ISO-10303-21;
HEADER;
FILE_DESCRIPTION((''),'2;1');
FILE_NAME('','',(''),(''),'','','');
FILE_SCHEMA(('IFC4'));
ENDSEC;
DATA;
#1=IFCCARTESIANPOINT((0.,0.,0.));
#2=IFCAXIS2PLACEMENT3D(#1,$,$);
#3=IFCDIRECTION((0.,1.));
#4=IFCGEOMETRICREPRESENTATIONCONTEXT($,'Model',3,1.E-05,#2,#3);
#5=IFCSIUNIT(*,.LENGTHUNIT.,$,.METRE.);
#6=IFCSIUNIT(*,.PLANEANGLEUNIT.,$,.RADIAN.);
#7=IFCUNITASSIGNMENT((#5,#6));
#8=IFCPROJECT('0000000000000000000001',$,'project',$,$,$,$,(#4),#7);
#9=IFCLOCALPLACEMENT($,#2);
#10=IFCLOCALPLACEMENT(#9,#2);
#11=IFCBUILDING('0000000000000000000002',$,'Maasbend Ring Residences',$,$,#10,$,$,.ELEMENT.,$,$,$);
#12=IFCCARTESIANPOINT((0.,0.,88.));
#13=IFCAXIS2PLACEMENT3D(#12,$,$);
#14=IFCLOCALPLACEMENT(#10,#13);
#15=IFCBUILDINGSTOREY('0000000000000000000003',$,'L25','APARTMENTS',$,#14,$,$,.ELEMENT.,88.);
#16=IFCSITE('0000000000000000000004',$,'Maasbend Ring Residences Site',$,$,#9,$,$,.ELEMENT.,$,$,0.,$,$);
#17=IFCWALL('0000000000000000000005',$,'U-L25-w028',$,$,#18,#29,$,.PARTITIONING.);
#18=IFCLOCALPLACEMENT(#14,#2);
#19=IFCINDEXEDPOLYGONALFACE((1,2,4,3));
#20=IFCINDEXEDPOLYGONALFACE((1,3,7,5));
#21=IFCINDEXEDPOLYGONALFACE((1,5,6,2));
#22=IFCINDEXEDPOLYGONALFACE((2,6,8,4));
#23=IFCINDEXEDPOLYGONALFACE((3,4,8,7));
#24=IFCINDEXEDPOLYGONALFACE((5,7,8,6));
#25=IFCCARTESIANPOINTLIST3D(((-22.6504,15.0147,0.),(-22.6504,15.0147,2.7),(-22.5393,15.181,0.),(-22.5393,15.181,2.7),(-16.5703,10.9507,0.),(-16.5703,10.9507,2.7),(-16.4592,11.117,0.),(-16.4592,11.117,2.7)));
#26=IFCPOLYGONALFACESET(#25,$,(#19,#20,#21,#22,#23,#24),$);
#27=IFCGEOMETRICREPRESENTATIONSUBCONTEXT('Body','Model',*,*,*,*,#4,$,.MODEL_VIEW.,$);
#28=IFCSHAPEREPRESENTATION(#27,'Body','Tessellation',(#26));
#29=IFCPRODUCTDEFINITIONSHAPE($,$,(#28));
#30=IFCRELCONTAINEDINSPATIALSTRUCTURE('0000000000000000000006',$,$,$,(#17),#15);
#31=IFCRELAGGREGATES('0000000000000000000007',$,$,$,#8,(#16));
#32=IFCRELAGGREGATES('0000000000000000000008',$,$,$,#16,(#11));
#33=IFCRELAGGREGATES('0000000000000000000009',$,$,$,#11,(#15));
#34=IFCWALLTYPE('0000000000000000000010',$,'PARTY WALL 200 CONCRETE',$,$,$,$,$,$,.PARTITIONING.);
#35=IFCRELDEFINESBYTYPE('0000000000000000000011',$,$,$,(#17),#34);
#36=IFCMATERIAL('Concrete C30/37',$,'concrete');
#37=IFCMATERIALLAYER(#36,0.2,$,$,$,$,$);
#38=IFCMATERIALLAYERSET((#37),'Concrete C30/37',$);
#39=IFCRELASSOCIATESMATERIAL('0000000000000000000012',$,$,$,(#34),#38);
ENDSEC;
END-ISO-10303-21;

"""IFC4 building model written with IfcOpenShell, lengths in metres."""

from ifc_helpers import new_model, si_unit, direction, frame, frame_2d, origin, place, context, subcontext, project, spatial, rectangle, extrude, material, layer, layer_set, type_object, element, save


model = new_model("IFC4")

# Units and contexts
model_context = context("Model", 3, precision=1e-05, world=origin(), true_north=direction((0.0, 1.0)))
body_context = subcontext(model_context, "Body", "Model", "MODEL_VIEW")
ifc_project = project(units=[si_unit("LENGTHUNIT", "METRE"), si_unit("PLANEANGLEUNIT", "RADIAN")], contexts=[model_context])

# Site, building, storey
site_placement = place(None, origin())
site = spatial("IfcSite", under=ifc_project, at=site_placement, Name="Maasbend Ring Residences Site", CompositionType="ELEMENT", RefElevation=0.0)
building_placement = place(site_placement, origin())
building = spatial("IfcBuilding", under=site, at=building_placement, Name="Maasbend Ring Residences", CompositionType="ELEMENT")
storey_placement = place(building_placement, frame((0.0, 0.0, 88.0)))
storey = spatial("IfcBuildingStorey", under=building, at=storey_placement, Name="L25", Description="APARTMENTS", CompositionType="ELEMENT", Elevation=88.0)

# Wall
ifc_material_1 = material(Name="Concrete C30/37", Category="concrete")
ifc_layer_1 = layer(ifc_material_1, 0.2)
ifc_layer_set_1 = layer_set([ifc_layer_1], Name="Concrete C30/37")
wall_type_1 = type_object("IfcWallType", Name="PARTY WALL 200 CONCRETE", PredefinedType="PARTITIONING", material=ifc_layer_set_1)
wall_1_placement = place(storey_placement, frame((-22.595, 15.0979, 0.0), z_axis=(0.0, 0.0, 1.0), x_axis=(0.831382, -0.555701, 0.0)))
element("IfcWall", 1, at=wall_1_placement, inside=storey, type_object=wall_type_1, Name="U-L25-w028", PredefinedType="PARTITIONING", context=body_context, shape_type="SweptSolid", body=[
    extrude(rectangle(XDim=7.3132, YDim=0.2, at=frame_2d((3.6567, 0.0))), origin(), (0.0, 0.0, 1.0), 2.7),
])

save(model, "model.ifc")
